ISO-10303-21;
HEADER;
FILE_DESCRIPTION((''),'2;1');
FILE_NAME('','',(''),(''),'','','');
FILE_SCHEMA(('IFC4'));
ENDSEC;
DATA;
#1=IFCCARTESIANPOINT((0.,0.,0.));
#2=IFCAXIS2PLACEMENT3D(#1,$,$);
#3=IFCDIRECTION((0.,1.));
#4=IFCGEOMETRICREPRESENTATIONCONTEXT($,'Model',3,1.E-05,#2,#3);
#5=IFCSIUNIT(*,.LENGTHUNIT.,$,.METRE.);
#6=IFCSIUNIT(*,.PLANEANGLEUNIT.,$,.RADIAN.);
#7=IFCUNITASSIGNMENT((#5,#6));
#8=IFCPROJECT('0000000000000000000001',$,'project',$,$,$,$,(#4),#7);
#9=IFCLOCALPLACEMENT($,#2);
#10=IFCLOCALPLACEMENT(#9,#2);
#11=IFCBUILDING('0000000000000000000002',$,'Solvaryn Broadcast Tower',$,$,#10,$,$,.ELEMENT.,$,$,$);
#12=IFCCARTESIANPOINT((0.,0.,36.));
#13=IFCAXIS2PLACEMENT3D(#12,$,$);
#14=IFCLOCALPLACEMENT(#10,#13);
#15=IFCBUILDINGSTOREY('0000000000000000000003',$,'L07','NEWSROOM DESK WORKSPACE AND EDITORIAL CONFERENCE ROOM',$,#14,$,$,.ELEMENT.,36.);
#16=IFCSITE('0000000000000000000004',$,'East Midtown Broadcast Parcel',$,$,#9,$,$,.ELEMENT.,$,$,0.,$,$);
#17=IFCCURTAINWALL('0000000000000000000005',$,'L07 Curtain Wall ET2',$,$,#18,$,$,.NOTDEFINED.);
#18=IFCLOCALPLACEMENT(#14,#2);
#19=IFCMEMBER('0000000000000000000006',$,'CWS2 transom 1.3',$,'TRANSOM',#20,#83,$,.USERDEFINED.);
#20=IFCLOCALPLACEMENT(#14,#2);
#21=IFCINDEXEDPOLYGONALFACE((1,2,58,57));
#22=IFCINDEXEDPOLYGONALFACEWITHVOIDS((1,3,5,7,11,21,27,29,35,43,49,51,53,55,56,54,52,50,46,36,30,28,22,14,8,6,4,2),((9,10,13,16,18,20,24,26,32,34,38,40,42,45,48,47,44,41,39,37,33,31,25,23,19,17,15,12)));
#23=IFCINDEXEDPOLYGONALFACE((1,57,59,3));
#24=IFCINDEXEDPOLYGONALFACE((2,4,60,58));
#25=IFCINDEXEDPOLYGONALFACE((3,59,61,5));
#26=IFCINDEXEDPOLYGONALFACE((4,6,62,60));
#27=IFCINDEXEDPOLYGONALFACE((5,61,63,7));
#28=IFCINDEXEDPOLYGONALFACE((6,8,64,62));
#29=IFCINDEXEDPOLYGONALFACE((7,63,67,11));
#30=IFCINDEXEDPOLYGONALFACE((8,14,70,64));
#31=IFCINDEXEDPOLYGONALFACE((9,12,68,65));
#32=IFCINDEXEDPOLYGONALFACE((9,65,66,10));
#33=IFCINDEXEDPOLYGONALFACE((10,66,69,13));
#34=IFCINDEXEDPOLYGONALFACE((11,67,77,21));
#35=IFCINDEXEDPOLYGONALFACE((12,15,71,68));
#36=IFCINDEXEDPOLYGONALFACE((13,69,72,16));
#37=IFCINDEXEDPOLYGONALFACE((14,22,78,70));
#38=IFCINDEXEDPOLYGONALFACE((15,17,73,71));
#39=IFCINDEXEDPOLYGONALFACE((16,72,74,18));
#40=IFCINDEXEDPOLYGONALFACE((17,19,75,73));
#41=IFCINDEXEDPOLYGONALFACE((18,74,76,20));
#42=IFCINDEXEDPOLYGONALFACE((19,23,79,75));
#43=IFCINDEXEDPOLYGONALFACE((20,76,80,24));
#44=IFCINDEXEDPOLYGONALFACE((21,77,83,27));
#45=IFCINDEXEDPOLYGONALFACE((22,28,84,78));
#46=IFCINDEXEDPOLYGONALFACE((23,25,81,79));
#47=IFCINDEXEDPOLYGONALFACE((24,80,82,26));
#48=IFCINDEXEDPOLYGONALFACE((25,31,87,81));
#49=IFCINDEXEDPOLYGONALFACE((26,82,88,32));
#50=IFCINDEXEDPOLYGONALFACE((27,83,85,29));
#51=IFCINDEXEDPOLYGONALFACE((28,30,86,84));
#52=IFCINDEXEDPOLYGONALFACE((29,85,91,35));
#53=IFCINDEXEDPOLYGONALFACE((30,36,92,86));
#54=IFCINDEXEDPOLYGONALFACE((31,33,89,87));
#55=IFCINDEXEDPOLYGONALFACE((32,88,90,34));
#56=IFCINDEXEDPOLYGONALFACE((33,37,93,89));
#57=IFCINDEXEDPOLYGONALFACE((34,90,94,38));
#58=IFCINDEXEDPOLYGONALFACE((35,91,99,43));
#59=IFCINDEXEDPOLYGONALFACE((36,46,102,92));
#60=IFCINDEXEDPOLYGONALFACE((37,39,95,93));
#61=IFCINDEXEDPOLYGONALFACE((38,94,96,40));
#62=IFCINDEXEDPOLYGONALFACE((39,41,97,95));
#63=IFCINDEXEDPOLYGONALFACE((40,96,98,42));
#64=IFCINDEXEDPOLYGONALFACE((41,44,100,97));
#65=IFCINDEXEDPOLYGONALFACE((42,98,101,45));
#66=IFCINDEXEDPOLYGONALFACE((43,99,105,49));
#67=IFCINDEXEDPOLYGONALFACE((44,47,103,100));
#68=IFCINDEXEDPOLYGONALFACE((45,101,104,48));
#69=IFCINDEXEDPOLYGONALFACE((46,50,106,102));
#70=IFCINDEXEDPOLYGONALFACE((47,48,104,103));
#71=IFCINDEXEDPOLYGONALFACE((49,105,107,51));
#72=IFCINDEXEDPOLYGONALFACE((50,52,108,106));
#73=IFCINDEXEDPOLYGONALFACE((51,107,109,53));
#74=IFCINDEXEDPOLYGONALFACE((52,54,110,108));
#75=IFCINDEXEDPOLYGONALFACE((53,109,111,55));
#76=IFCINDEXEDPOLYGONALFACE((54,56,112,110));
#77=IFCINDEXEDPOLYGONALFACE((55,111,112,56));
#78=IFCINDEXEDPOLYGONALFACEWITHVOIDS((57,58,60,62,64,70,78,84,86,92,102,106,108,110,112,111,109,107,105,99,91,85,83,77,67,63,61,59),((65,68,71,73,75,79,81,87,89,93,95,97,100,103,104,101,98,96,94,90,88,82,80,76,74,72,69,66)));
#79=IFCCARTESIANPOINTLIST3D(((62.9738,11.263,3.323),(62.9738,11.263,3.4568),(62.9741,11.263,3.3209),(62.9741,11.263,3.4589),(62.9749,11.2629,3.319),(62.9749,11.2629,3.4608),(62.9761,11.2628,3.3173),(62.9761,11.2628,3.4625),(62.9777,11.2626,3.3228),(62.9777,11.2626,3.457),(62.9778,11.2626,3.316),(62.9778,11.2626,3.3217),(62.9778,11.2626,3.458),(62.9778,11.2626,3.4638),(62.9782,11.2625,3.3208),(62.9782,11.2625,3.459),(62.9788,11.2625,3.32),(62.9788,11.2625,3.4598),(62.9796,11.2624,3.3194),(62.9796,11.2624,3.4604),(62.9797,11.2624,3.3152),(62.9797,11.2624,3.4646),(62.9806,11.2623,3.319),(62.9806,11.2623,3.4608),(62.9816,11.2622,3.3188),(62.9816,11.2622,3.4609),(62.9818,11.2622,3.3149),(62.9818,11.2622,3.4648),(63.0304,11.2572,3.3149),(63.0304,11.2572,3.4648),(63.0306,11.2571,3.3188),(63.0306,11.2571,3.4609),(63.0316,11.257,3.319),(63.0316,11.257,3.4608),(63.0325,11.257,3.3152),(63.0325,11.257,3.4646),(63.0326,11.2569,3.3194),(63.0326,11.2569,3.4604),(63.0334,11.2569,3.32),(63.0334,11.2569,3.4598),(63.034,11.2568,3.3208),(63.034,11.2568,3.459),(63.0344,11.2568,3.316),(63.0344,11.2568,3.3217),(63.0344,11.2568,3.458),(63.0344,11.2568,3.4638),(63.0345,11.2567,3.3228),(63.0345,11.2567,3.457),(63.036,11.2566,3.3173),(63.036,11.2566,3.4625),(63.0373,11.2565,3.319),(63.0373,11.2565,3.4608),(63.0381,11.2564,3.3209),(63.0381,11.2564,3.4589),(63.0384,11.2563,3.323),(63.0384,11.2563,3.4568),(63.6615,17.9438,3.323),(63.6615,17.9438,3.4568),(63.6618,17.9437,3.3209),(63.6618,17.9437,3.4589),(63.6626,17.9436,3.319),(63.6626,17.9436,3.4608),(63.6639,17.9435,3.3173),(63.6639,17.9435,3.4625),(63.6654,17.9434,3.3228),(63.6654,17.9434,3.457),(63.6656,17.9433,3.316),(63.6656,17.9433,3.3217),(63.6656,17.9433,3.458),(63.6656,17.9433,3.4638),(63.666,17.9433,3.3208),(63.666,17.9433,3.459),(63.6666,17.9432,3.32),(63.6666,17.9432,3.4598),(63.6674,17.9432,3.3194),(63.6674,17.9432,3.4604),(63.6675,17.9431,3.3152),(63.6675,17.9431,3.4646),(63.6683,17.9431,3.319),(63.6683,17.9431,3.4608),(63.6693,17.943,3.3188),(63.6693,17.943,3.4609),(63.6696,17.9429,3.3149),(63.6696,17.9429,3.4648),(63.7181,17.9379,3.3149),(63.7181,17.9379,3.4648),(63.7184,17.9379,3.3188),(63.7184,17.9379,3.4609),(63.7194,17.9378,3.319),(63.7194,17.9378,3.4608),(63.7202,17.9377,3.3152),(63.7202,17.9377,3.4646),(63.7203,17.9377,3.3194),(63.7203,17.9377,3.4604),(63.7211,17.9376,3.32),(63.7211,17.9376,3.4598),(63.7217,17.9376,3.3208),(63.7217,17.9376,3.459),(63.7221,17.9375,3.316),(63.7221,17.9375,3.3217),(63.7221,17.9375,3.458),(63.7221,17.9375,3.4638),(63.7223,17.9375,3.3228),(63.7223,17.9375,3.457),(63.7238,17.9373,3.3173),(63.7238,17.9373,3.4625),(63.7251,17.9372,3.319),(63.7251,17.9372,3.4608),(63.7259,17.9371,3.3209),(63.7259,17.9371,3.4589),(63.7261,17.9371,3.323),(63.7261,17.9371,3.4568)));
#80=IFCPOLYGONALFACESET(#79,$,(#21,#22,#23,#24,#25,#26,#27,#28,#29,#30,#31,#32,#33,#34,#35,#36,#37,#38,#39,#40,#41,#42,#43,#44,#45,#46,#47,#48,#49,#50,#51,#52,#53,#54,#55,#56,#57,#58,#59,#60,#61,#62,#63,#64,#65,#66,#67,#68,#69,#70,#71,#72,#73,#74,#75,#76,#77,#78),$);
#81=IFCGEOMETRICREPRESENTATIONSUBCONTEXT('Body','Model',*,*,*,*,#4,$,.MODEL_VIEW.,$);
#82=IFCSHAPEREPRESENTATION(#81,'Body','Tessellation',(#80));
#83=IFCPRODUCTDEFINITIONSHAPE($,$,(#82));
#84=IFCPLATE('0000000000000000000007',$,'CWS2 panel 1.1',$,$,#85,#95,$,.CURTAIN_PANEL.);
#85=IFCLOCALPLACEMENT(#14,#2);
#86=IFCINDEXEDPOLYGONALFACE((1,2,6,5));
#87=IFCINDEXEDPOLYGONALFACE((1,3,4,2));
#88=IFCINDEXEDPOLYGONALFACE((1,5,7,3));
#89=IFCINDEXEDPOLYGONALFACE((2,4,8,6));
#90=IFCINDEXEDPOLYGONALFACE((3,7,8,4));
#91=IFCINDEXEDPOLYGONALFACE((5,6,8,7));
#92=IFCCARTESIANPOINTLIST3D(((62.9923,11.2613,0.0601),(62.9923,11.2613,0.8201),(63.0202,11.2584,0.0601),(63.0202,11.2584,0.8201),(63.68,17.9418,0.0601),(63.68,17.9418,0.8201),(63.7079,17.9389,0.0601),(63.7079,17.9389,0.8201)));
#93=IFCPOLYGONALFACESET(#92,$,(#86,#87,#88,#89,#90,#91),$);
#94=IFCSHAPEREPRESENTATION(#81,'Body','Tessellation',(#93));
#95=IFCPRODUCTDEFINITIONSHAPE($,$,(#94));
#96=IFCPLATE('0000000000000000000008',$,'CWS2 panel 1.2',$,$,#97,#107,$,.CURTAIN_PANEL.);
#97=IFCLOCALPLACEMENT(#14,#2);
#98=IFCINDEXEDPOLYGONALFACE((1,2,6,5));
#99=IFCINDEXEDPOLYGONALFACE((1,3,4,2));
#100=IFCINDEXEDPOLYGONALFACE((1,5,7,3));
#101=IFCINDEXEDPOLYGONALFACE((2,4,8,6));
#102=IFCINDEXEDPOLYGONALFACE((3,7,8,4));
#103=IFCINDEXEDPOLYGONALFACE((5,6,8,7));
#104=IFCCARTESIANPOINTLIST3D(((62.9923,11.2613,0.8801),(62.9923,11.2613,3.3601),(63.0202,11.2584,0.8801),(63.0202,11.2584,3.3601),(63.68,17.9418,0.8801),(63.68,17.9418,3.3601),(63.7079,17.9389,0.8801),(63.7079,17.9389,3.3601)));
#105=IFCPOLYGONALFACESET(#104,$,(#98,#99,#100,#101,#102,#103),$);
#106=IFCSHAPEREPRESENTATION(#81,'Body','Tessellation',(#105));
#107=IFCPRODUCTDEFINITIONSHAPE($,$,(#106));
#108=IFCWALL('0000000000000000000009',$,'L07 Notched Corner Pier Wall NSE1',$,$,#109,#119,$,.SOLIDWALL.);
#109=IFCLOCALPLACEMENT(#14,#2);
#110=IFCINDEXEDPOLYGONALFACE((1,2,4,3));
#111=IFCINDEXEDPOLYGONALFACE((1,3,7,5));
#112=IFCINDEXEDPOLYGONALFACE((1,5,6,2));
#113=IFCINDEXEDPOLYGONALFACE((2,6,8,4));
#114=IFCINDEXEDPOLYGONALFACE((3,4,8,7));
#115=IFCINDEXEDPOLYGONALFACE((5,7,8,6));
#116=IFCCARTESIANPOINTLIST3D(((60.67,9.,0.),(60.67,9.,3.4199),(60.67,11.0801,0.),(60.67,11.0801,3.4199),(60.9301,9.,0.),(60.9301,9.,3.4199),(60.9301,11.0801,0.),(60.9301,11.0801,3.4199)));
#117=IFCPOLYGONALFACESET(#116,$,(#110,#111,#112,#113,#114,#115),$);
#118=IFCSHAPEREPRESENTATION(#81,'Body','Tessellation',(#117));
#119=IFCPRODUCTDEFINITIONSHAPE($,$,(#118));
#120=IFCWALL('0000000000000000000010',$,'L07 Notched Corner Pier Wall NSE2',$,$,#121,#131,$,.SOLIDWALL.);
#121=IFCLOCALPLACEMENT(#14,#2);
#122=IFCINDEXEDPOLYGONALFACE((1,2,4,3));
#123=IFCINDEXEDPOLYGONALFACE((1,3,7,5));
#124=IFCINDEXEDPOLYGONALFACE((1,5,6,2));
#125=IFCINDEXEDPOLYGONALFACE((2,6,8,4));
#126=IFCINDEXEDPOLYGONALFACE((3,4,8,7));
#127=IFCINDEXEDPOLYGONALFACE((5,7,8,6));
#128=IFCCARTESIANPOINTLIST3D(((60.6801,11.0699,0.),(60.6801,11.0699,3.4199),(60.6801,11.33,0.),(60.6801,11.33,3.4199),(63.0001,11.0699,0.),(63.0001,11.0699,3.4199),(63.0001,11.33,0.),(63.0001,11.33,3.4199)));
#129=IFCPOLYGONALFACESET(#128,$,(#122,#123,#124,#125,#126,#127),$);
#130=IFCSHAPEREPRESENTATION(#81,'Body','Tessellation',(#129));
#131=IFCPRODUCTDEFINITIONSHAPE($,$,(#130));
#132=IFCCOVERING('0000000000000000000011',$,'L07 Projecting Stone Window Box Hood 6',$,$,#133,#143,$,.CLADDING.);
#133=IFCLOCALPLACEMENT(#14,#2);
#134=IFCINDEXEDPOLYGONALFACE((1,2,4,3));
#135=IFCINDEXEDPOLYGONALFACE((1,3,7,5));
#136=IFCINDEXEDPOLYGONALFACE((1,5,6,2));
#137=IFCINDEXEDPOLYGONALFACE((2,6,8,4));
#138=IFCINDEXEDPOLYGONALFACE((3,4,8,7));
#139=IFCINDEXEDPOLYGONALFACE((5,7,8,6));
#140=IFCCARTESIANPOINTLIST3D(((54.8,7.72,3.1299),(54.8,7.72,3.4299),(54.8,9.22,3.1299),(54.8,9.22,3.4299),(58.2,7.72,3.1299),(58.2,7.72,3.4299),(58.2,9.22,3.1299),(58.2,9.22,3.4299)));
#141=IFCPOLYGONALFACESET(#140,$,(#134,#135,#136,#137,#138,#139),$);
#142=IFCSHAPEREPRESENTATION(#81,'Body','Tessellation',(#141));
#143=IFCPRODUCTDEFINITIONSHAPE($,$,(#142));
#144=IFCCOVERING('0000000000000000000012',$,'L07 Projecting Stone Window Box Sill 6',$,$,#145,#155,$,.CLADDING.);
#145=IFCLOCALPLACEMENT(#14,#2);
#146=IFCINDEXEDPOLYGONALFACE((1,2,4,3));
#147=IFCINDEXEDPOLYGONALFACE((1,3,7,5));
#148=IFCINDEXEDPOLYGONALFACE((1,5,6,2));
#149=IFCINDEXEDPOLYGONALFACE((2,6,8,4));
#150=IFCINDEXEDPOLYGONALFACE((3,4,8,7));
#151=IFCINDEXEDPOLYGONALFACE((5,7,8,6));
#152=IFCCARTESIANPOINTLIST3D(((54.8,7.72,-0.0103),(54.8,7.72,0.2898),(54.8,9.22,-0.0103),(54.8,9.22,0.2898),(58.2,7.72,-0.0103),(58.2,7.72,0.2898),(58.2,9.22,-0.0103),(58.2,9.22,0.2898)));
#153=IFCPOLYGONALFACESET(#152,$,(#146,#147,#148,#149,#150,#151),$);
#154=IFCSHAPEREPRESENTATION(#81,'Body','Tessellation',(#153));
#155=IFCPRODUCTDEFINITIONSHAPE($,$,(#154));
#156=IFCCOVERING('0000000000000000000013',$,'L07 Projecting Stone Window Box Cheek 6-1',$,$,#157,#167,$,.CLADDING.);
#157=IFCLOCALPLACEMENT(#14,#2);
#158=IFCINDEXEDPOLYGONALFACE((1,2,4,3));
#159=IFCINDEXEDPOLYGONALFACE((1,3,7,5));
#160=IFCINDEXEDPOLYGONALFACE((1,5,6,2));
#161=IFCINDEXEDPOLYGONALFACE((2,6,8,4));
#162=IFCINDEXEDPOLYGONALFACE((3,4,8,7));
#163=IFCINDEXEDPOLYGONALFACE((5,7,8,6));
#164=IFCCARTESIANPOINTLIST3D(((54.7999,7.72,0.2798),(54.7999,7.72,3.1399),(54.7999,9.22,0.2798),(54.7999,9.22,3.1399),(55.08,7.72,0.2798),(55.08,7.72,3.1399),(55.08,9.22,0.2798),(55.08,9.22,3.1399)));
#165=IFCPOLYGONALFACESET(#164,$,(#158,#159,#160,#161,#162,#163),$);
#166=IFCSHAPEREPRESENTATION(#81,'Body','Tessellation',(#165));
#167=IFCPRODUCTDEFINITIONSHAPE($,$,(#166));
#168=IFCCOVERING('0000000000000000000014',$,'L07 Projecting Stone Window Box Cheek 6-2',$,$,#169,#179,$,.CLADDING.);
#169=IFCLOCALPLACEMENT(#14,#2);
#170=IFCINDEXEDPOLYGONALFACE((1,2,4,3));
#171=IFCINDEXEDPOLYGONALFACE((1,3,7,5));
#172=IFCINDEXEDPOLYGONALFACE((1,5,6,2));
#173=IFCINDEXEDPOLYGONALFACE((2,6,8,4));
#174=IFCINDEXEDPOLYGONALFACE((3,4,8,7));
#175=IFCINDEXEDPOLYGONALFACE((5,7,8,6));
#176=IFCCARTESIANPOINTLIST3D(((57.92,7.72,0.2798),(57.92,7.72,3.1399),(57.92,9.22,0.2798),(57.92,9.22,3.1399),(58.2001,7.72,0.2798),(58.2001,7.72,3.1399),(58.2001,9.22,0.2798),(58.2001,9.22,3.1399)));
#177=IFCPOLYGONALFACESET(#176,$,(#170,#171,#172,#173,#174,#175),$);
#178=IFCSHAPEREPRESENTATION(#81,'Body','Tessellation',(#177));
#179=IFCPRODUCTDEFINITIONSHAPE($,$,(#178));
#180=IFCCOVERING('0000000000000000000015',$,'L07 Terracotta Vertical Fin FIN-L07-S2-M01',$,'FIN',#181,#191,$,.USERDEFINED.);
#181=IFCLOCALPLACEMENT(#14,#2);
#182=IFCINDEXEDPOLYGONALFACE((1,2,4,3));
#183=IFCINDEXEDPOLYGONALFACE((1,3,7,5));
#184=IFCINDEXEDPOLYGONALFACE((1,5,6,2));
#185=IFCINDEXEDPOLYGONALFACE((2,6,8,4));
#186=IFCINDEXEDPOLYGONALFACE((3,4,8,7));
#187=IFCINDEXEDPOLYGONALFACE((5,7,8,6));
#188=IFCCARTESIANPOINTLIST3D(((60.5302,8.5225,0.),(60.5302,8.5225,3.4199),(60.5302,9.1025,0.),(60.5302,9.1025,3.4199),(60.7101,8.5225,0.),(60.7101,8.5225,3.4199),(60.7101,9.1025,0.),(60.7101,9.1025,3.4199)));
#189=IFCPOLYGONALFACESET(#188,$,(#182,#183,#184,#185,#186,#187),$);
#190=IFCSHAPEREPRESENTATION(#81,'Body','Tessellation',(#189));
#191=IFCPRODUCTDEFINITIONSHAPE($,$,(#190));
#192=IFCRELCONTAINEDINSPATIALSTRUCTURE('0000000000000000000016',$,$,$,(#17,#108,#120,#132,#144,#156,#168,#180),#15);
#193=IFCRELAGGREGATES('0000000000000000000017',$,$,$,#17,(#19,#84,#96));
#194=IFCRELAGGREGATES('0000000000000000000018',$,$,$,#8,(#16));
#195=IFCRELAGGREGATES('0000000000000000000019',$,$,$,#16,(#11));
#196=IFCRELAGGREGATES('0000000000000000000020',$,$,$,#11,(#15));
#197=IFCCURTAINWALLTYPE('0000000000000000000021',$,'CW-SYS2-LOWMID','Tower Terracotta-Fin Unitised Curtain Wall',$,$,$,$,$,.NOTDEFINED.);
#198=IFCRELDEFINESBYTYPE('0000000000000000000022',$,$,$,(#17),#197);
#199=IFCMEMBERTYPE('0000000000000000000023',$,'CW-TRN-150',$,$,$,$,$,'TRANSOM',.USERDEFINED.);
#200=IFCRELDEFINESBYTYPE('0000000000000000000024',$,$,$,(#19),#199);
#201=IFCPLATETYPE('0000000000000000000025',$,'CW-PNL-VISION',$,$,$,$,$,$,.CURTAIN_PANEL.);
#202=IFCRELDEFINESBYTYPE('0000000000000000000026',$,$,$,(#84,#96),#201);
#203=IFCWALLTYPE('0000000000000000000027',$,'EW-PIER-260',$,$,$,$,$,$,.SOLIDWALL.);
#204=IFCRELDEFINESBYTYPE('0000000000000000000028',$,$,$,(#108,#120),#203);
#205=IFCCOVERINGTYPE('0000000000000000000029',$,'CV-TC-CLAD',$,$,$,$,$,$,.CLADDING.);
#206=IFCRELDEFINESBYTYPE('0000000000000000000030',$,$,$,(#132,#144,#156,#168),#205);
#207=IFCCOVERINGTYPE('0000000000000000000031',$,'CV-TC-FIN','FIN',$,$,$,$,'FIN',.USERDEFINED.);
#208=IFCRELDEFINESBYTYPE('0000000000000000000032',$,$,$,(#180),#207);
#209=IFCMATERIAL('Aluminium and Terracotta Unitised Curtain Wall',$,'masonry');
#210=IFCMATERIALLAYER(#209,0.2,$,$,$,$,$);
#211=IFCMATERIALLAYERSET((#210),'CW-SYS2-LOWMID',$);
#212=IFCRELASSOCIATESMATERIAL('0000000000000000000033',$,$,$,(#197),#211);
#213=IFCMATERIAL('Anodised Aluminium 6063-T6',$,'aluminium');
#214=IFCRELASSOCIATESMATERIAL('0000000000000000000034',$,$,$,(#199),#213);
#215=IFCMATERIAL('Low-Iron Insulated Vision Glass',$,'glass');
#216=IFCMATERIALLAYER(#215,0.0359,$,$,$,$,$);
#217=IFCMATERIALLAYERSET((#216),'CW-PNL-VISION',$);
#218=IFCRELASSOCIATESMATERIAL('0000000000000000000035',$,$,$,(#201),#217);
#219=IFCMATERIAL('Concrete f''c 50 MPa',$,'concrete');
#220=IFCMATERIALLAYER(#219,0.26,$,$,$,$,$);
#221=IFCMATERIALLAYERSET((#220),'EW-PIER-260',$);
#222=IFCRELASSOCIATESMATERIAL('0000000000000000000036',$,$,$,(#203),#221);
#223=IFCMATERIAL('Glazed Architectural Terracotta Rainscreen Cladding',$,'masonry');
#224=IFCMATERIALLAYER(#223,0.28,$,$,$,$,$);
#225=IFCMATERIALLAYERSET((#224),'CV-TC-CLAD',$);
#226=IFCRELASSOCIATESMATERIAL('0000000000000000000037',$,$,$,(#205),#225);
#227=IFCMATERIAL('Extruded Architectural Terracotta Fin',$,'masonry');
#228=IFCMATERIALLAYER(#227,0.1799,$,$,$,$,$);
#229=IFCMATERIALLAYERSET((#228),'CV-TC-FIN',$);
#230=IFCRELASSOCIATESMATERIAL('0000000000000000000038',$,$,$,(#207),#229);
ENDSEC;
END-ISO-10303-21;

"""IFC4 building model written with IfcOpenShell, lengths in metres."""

from ifc_helpers import new_model, si_unit, direction, frame, frame_2d, origin, origin_2d, place, context, subcontext, project, spatial, rectangle, hollow_rectangle, extrude, material, layer, layer_set, material_profile, profile_set, type_object, element, aggregate, save


model = new_model("IFC4")

# Units and contexts
model_context = context("Model", 3, precision=1e-05, world=origin(), true_north=direction((0.0, 1.0)))
body_context = subcontext(model_context, "Body", "Model", "MODEL_VIEW")
ifc_project = project(units=[si_unit("LENGTHUNIT", "METRE"), si_unit("PLANEANGLEUNIT", "RADIAN")], contexts=[model_context])

# Site, building, storey
site_placement = place(None, origin())
site = spatial("IfcSite", under=ifc_project, at=site_placement, Name="East Midtown Broadcast Parcel", CompositionType="ELEMENT", RefElevation=0.0)
building_placement = place(site_placement, origin())
building = spatial("IfcBuilding", under=site, at=building_placement, Name="Solvaryn Broadcast Tower", CompositionType="ELEMENT")
storey_placement = place(building_placement, frame((0.0, 0.0, 36.0)))
storey = spatial("IfcBuildingStorey", under=building, at=storey_placement, Name="L07", Description="NEWSROOM DESK WORKSPACE AND EDITORIAL CONFERENCE ROOM", CompositionType="ELEMENT", Elevation=36.0)

# Shared definitions
ifc_material_1 = material(Name="Aluminium and Terracotta Unitised Curtain Wall", Category="masonry")
ifc_layer_1 = layer(ifc_material_1, 0.2)
ifc_layer_set_1 = layer_set([ifc_layer_1], Name="CW-SYS2-LOWMID")
curtain_wall_type = type_object("IfcCurtainWallType", Name="CW-SYS2-LOWMID", Description="Tower Terracotta-Fin Unitised Curtain Wall", PredefinedType="NOTDEFINED", material=ifc_layer_set_1)

# Curtain wall, member, plates
curtain_wall_1_placement = place(storey_placement, origin())
curtain_wall_1 = element("IfcCurtainWall", 1, at=curtain_wall_1_placement, inside=storey, type_object=curtain_wall_type, Name="L07 Curtain Wall ET2", PredefinedType="NOTDEFINED")
ifc_material_2 = material(Name="Anodised Aluminium 6063-T6", Category="aluminium")
ifc_material_profile_1 = material_profile(ifc_material_2, hollow_rectangle(XDim=0.0649, YDim=0.1499, WallThickness=0.0039, InnerFilletRadius=0.0039, OuterFilletRadius=0.0081, at=origin_2d()))
ifc_profile_set_1 = profile_set([ifc_material_profile_1], Name="Anodised Aluminium 6063-T6")
member_type_1 = type_object("IfcMemberType", Name="CW-TRN-150", ElementType="TRANSOM", PredefinedType="USERDEFINED", material=ifc_profile_set_1)
member_1_placement = place(storey_placement, frame((63.6938, 17.9404, 3.3899), z_axis=(-0.102404, -0.994743, 0.0), x_axis=(0.994743, -0.102404, 0.0)))
member_1 = element("IfcMember", 2, at=member_1_placement, type_object=member_type_1, Name="CWS2 transom 1.3", ObjectType="TRANSOM", PredefinedType="USERDEFINED", context=body_context, shape_type="SweptSolid", body=[
    extrude(hollow_rectangle(XDim=0.0649, YDim=0.1499, WallThickness=0.0039, InnerFilletRadius=0.0039, OuterFilletRadius=0.0081, at=origin_2d()), origin(), (0.0, 0.0, 1.0), 6.7161),
])
ifc_material_3 = material(Name="Low-Iron Insulated Vision Glass", Category="glass")
ifc_layer_2 = layer(ifc_material_3, 0.0359)
ifc_layer_set_2 = layer_set([ifc_layer_2], Name="CW-PNL-VISION")
plate_type = type_object("IfcPlateType", Name="CW-PNL-VISION", PredefinedType="CURTAIN_PANEL", material=ifc_layer_set_2)
plate_1_placement = place(storey_placement, frame((63.3501, 14.6001, 0.0601), z_axis=(0.0, 0.0, 1.0), x_axis=(-0.1024, -0.994743, 0.0)))
plate_1 = element("IfcPlate", 3, at=plate_1_placement, type_object=plate_type, Name="CWS2 panel 1.1", PredefinedType="CURTAIN_PANEL", context=body_context, shape_type="SweptSolid", body=[
    extrude(rectangle(XDim=6.7158, YDim=0.0281, at=origin_2d()), origin(), (0.0, 0.0, 1.0), 0.76),
])
plate_2_placement = place(storey_placement, frame((63.3501, 14.6001, 0.8801), z_axis=(0.0, 0.0, 1.0), x_axis=(-0.1024, -0.994743, 0.0)))
plate_2 = element("IfcPlate", 4, at=plate_2_placement, type_object=plate_type, Name="CWS2 panel 1.2", PredefinedType="CURTAIN_PANEL", context=body_context, shape_type="SweptSolid", body=[
    extrude(rectangle(XDim=6.7158, YDim=0.0281, at=origin_2d()), origin(), (0.0, 0.0, 1.0), 2.48),
])
aggregate(curtain_wall_1, [member_1, plate_1, plate_2])

# Walls
ifc_material_4 = material(Name="Concrete f'c 50 MPa", Category="concrete")
ifc_layer_3 = layer(ifc_material_4, 0.26)
ifc_layer_set_3 = layer_set([ifc_layer_3], Name="EW-PIER-260")
wall_type = type_object("IfcWallType", Name="EW-PIER-260", PredefinedType="SOLIDWALL", material=ifc_layer_set_3)
wall_1_placement = place(storey_placement, frame((60.8, 9.0, 0.0), z_axis=(0.0, 0.0, 1.0), x_axis=(0.0, 1.0, 0.0)))
element("IfcWall", 5, at=wall_1_placement, inside=storey, type_object=wall_type, Name="L07 Notched Corner Pier Wall NSE1", PredefinedType="SOLIDWALL", context=body_context, shape_type="SweptSolid", body=[
    extrude(rectangle(XDim=2.0801, YDim=0.26, at=frame_2d((1.04, 0.0))), origin(), (0.0, 0.0, 1.0), 3.4199),
])
wall_2_placement = place(storey_placement, frame((60.6799, 11.2, 0.0), z_axis=(0.0, 0.0, 1.0), x_axis=(1.0, 0.0, 0.0)))
element("IfcWall", 6, at=wall_2_placement, inside=storey, type_object=wall_type, Name="L07 Notched Corner Pier Wall NSE2", PredefinedType="SOLIDWALL", context=body_context, shape_type="SweptSolid", body=[
    extrude(rectangle(XDim=2.3201, YDim=0.26, at=frame_2d((1.1602, 0.0))), origin(), (0.0, 0.0, 1.0), 3.4199),
])

# Coverings
ifc_material_5 = material(Name="Glazed Architectural Terracotta Rainscreen Cladding", Category="masonry")
ifc_layer_4 = layer(ifc_material_5, 0.28)
ifc_layer_set_4 = layer_set([ifc_layer_4], Name="CV-TC-CLAD")
covering_type_1 = type_object("IfcCoveringType", Name="CV-TC-CLAD", PredefinedType="CLADDING", material=ifc_layer_set_4)
for number, where, z_axis, x_axis, name in (
    (7, (56.5, 8.47, 3.1299), (0.0, 0.0, 1.0), (1.0, 0.0, 0.0), "L07 Projecting Stone Window Box Hood 6"),
    (8, (56.5, 8.47, -0.0103), (0.0, 0.0, 1.0), (1.0, 0.0, 0.0), "L07 Projecting Stone Window Box Sill 6"),
):
    element("IfcCovering", number, at=place(storey_placement, frame(where, z_axis=z_axis, x_axis=x_axis)), inside=storey, type_object=covering_type_1, Name=name, PredefinedType="CLADDING", context=body_context, shape_type="SweptSolid", body=[
        extrude(rectangle(XDim=3.3999, YDim=1.5, at=origin_2d()), origin(), (0.0, 0.0, 1.0), 0.3),
    ])
for number, where, z_axis, x_axis, name in (
    (9, (54.9399, 8.47, 0.2798), (0.0, 0.0, 1.0), (1.0, 0.0, 0.0), "L07 Projecting Stone Window Box Cheek 6-1"),
    (10, (58.0601, 8.47, 0.2798), (0.0, 0.0, 1.0), (1.0, 0.0, 0.0), "L07 Projecting Stone Window Box Cheek 6-2"),
):
    element("IfcCovering", number, at=place(storey_placement, frame(where, z_axis=z_axis, x_axis=x_axis)), inside=storey, type_object=covering_type_1, Name=name, PredefinedType="CLADDING", context=body_context, shape_type="SweptSolid", body=[
        extrude(rectangle(XDim=0.28, YDim=1.5, at=origin_2d()), origin(), (0.0, 0.0, 1.0), 2.8601),
    ])
ifc_material_6 = material(Name="Extruded Architectural Terracotta Fin", Category="masonry")
ifc_layer_5 = layer(ifc_material_6, 0.1799)
ifc_layer_set_5 = layer_set([ifc_layer_5], Name="CV-TC-FIN")
covering_type_2 = type_object("IfcCoveringType", Name="CV-TC-FIN", Description="FIN", ElementType="FIN", PredefinedType="USERDEFINED", material=ifc_layer_set_5)
covering_placement = place(storey_placement, frame((60.6201, 8.8125, 0.0), z_axis=(0.0, 0.0, 1.0), x_axis=(1.0, 0.0, 0.0)))
element("IfcCovering", 11, at=covering_placement, inside=storey, type_object=covering_type_2, Name="L07 Terracotta Vertical Fin FIN-L07-S2-M01", ObjectType="FIN", PredefinedType="USERDEFINED", context=body_context, shape_type="SweptSolid", body=[
    extrude(rectangle(XDim=0.1799, YDim=0.5801, at=origin_2d()), origin(), (0.0, 0.0, 1.0), 3.4199),
])

save(model, "model.ifc")
